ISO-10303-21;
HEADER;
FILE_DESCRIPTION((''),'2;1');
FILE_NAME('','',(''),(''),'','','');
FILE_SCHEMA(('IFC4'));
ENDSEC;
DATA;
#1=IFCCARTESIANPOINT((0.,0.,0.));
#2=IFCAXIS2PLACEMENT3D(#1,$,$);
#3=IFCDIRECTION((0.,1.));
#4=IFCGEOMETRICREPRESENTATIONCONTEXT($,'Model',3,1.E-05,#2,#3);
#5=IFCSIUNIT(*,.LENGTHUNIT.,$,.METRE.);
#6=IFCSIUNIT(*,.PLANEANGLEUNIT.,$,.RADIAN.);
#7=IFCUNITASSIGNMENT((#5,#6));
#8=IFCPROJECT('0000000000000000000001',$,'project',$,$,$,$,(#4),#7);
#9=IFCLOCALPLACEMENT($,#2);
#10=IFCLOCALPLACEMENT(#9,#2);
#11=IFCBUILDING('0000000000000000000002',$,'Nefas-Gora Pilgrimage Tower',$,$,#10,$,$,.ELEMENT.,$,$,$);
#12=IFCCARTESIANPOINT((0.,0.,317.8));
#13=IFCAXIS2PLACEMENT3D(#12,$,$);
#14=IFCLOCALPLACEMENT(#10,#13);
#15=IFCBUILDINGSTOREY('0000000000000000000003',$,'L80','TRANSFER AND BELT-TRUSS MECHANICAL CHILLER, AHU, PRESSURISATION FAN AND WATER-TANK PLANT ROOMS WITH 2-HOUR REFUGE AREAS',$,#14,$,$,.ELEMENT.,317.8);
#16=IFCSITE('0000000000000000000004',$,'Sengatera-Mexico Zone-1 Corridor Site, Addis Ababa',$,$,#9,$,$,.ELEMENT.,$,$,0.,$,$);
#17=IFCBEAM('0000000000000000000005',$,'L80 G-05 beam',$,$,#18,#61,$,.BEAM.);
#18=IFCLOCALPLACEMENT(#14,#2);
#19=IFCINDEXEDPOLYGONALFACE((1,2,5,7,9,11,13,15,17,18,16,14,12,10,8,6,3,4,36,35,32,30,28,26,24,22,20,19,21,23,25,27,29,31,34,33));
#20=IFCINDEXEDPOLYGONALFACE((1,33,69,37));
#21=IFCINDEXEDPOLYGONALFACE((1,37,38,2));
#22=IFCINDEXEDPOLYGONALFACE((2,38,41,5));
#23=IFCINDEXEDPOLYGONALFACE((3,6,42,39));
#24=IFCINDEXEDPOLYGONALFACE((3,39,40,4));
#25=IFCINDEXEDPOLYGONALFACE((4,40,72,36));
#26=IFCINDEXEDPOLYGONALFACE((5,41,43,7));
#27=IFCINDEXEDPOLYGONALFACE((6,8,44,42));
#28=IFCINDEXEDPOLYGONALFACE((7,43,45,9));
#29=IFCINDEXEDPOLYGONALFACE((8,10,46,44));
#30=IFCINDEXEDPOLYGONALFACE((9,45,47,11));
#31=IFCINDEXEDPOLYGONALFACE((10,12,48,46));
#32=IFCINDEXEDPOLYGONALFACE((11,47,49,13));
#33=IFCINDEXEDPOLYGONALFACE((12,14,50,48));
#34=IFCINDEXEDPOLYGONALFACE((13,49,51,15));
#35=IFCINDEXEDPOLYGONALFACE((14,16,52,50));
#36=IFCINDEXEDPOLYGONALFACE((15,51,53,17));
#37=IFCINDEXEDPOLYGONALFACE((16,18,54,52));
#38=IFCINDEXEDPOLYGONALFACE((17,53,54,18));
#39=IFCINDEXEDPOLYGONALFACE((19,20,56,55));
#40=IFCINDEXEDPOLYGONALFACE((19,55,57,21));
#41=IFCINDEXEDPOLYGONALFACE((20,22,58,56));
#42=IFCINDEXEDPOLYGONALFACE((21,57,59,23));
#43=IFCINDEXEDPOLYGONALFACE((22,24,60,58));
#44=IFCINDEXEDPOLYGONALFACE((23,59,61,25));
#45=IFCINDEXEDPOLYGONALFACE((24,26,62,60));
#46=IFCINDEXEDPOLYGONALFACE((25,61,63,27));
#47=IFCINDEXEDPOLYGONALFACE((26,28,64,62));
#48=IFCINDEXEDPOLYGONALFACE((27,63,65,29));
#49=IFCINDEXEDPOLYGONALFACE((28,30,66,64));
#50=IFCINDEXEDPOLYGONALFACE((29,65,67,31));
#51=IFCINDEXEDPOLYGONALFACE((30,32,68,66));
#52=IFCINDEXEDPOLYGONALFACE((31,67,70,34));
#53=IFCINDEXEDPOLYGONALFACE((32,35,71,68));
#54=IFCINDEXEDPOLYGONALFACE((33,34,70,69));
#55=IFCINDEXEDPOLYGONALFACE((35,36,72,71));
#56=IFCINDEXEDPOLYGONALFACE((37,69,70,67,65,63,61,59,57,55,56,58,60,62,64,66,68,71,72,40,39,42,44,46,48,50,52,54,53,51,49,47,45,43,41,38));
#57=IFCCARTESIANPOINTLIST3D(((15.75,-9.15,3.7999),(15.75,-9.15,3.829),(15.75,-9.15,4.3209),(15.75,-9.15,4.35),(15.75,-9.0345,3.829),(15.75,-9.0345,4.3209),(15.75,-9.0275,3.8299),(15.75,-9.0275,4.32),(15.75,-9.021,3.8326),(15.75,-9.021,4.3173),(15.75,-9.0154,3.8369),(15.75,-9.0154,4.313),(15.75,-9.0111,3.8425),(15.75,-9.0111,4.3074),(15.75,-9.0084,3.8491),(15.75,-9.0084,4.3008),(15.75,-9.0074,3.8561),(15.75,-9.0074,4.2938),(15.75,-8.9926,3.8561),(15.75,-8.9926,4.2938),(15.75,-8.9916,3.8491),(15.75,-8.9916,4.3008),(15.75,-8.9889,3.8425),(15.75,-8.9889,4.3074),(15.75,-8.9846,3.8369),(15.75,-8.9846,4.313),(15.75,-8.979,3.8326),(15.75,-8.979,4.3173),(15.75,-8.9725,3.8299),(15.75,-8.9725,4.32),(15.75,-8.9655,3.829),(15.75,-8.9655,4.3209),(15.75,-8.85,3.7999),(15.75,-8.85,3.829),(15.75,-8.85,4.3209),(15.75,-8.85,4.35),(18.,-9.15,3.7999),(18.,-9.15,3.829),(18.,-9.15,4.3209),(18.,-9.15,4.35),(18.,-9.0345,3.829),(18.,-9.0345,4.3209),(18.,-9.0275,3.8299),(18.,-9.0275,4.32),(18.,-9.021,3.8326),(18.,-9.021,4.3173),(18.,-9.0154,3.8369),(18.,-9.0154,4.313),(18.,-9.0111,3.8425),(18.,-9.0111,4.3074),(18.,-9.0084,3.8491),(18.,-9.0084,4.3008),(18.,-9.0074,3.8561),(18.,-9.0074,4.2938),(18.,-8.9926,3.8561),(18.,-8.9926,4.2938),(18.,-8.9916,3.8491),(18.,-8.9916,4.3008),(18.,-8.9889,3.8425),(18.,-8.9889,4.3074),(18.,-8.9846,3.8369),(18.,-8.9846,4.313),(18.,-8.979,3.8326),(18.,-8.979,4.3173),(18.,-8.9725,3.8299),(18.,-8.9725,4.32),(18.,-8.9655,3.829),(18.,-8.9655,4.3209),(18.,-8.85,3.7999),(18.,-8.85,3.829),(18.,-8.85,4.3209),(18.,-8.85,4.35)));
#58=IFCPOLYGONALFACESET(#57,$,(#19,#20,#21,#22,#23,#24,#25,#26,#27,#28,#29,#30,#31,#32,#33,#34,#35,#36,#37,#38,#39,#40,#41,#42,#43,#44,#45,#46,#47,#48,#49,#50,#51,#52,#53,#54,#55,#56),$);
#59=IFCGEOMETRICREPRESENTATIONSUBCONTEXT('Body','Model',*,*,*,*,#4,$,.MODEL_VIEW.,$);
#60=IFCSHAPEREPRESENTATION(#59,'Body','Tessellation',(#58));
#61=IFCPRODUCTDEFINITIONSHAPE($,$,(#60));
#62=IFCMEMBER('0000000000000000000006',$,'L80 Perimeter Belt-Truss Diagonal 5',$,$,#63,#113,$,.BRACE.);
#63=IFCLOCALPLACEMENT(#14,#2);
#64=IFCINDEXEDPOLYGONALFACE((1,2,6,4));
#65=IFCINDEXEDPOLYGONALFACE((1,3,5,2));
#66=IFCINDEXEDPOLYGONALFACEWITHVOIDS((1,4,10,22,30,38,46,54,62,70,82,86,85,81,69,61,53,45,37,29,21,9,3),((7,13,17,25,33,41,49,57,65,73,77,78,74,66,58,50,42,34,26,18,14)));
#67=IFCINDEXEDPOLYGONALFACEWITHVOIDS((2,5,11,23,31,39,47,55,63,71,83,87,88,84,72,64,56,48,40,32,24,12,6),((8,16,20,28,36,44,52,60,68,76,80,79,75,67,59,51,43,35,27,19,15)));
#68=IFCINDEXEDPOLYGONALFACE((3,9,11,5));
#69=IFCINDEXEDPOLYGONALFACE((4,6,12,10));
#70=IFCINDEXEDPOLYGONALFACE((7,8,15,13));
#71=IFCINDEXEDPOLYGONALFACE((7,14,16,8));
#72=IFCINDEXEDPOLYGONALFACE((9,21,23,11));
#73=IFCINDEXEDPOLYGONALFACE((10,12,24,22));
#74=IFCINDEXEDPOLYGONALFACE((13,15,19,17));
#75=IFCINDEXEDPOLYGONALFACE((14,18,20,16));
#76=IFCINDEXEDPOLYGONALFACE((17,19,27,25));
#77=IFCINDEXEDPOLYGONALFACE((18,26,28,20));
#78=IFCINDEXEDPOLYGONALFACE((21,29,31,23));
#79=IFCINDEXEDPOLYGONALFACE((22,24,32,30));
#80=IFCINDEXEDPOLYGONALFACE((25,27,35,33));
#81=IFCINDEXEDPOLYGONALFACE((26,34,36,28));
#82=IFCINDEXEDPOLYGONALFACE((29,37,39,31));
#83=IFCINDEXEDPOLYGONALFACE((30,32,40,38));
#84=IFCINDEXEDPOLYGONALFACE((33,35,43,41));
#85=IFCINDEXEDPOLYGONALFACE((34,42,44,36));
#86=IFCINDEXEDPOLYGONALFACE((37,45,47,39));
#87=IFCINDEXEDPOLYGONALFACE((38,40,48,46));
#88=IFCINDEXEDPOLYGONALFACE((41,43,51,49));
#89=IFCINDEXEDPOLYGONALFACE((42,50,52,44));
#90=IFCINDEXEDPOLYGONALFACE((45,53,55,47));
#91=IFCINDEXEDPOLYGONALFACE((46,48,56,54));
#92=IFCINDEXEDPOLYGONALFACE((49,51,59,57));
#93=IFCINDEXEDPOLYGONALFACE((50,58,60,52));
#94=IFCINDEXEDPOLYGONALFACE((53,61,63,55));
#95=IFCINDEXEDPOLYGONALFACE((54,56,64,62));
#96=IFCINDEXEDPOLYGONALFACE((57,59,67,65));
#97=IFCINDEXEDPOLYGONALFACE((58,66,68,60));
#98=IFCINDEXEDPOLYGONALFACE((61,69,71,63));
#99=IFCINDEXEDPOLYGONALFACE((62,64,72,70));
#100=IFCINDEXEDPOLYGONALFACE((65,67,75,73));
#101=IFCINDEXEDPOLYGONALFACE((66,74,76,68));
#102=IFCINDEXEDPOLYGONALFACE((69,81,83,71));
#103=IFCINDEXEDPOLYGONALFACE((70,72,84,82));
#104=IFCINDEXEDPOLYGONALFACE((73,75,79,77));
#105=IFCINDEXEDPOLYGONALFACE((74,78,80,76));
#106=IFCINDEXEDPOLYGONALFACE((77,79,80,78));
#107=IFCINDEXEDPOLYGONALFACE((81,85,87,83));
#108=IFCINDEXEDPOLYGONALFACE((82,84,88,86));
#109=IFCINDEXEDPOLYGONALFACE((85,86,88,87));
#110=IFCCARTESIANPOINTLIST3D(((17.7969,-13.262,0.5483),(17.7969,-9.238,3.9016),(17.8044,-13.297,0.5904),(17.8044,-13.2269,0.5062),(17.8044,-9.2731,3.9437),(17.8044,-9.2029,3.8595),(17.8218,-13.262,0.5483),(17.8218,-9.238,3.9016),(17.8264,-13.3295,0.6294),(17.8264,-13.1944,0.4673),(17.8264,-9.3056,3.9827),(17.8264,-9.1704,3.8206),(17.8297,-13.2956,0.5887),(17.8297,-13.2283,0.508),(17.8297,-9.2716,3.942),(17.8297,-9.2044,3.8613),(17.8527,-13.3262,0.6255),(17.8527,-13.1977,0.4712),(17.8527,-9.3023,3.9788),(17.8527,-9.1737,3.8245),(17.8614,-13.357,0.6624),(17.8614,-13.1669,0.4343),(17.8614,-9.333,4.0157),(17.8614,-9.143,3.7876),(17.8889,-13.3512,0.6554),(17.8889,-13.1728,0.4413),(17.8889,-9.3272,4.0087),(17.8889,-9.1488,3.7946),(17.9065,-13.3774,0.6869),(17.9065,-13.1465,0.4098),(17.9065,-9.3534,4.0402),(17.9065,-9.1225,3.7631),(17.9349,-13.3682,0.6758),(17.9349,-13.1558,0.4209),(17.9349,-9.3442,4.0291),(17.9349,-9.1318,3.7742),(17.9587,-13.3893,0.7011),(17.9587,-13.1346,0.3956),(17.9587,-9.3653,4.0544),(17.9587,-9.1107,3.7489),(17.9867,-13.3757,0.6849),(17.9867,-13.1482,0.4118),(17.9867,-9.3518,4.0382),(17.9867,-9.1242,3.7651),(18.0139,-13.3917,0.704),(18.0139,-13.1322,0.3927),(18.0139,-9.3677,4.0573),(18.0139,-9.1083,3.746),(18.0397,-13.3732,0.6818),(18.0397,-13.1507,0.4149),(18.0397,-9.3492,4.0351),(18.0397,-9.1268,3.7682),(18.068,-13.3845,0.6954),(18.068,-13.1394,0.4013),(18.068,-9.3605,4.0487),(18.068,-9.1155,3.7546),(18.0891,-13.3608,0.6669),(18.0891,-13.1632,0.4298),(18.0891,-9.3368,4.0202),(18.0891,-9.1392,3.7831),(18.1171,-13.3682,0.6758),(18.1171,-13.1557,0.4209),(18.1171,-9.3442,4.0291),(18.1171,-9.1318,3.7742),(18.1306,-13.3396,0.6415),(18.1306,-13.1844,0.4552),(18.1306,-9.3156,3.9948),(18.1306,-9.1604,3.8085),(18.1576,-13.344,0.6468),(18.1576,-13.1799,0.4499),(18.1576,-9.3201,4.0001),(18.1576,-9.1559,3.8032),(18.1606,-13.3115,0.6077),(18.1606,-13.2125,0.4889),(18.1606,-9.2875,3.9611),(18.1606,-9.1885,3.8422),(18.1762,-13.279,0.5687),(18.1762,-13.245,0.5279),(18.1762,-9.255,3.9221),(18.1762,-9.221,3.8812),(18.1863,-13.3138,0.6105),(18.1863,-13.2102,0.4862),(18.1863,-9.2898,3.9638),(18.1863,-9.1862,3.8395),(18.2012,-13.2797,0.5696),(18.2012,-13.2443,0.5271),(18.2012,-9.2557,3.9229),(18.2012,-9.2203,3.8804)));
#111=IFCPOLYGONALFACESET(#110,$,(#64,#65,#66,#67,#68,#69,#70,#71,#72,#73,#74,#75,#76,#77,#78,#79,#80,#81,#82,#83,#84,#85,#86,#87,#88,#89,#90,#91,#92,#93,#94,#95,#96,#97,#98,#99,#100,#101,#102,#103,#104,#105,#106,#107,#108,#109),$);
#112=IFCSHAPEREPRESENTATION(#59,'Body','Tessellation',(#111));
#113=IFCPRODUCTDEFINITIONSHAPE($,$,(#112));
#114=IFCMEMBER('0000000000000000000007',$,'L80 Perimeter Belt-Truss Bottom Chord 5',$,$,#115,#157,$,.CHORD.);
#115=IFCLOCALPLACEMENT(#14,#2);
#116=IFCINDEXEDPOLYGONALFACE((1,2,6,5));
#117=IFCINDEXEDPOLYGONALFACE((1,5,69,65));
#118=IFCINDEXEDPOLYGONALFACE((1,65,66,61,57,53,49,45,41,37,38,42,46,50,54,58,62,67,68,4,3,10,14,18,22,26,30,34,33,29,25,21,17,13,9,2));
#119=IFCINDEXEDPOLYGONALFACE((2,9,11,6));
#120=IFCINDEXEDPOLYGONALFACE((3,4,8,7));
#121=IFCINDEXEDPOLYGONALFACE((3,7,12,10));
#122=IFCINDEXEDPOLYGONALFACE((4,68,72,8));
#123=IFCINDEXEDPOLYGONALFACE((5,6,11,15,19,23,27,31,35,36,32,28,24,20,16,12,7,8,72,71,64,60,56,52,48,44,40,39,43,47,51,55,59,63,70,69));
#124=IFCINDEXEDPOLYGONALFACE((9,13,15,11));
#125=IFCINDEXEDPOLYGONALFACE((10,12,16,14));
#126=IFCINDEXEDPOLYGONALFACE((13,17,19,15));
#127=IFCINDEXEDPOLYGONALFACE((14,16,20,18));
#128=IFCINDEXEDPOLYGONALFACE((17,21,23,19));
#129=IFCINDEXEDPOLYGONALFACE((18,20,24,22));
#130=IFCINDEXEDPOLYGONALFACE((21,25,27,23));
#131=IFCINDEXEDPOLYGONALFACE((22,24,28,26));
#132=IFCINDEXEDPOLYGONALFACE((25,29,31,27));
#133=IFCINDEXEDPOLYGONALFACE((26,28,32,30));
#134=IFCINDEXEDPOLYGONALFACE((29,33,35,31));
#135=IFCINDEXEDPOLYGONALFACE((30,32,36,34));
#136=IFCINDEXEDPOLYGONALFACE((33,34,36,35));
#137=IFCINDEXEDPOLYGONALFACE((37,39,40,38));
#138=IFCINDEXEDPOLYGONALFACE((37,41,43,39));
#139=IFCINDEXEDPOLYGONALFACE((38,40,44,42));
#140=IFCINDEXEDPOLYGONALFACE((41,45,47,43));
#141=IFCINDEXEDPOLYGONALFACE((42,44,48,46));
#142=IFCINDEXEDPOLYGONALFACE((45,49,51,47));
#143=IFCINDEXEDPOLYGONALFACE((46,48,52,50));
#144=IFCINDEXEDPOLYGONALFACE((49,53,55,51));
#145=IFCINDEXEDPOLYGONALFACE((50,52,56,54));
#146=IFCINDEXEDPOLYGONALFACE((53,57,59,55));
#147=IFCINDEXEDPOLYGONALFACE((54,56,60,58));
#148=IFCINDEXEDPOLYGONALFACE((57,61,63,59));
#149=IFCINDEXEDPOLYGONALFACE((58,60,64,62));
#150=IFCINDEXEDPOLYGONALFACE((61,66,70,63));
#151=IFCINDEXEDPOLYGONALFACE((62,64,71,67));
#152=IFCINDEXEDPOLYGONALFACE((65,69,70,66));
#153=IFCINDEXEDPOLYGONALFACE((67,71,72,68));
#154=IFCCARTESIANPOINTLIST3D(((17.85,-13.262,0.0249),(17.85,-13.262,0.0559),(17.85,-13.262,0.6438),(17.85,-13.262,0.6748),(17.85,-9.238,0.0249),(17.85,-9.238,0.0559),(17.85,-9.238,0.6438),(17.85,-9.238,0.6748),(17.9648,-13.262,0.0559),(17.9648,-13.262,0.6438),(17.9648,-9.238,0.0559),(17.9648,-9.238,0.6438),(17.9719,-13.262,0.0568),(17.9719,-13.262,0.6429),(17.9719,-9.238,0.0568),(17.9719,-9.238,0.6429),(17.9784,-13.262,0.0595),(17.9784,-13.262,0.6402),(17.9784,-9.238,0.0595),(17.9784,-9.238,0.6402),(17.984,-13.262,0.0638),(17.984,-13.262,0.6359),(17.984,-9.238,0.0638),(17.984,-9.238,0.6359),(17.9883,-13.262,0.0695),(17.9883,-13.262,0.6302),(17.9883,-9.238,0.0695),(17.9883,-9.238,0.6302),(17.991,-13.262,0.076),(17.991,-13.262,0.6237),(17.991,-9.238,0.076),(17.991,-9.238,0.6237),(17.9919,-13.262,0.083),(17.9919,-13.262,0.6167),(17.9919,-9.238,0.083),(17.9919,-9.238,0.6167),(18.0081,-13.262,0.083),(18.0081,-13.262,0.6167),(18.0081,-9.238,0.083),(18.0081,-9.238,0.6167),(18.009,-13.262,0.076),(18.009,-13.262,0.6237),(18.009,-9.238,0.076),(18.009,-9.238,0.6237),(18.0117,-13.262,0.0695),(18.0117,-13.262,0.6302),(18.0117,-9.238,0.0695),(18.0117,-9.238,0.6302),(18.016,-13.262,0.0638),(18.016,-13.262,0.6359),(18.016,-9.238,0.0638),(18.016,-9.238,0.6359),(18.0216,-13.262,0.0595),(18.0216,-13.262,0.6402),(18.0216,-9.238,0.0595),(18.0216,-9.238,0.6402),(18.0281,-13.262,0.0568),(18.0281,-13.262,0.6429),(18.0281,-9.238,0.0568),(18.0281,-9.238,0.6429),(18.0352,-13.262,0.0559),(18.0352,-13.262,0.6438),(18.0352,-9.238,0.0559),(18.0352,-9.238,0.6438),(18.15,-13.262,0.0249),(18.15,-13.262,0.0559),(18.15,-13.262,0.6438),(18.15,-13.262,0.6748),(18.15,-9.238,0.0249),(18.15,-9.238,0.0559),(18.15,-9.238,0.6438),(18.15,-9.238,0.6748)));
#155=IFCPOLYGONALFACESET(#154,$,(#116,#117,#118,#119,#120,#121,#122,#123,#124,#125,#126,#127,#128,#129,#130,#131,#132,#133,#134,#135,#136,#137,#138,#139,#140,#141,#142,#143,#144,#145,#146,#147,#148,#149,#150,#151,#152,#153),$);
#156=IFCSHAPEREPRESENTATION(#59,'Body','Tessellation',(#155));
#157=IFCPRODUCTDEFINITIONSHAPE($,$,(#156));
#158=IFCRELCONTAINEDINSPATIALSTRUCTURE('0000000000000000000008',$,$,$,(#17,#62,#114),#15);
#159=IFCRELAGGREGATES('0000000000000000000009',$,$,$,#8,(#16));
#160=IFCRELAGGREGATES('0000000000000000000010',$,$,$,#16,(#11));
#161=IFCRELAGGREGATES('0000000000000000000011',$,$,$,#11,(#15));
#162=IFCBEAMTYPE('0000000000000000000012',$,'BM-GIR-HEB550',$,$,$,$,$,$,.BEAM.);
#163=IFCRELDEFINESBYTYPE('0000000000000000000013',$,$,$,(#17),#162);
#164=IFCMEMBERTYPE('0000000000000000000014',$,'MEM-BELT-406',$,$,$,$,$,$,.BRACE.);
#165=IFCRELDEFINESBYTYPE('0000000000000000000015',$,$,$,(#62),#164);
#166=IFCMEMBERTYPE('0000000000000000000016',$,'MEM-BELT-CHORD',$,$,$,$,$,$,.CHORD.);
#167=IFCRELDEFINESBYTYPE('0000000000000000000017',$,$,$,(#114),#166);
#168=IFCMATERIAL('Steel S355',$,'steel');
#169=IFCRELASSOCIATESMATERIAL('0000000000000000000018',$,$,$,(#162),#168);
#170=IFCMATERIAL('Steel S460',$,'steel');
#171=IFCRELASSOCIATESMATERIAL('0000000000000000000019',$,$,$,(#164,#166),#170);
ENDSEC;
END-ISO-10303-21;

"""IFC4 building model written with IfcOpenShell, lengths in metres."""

from ifc_helpers import new_model, si_unit, direction, frame, origin, origin_2d, place, context, subcontext, project, spatial, hollow_circle, i_section, extrude, source, transform, mapped, material, material_profile, profile_set, type_object, element, save


model = new_model("IFC4")

# Units and contexts
model_context = context("Model", 3, precision=1e-05, world=origin(), true_north=direction((0.0, 1.0)))
body_context = subcontext(model_context, "Body", "Model", "MODEL_VIEW")
ifc_project = project(units=[si_unit("LENGTHUNIT", "METRE"), si_unit("PLANEANGLEUNIT", "RADIAN")], contexts=[model_context])

# Site, building, storey
site_placement = place(None, origin())
site = spatial("IfcSite", under=ifc_project, at=site_placement, Name="Sengatera-Mexico Zone-1 Corridor Site, Addis Ababa", CompositionType="ELEMENT", RefElevation=0.0)
building_placement = place(site_placement, origin())
building = spatial("IfcBuilding", under=site, at=building_placement, Name="Nefas-Gora Pilgrimage Tower", CompositionType="ELEMENT")
storey_placement = place(building_placement, frame((0.0, 0.0, 317.8)))
storey = spatial("IfcBuildingStorey", under=building, at=storey_placement, Name="L80", Description="TRANSFER AND BELT-TRUSS MECHANICAL CHILLER, AHU, PRESSURISATION FAN AND WATER-TANK PLANT ROOMS WITH 2-HOUR REFUGE AREAS", CompositionType="ELEMENT", Elevation=317.8)

# Shared definitions
ifc_material_1 = material(Name="Steel S355", Category="steel")

# Beam
ifc_material_profile_1 = material_profile(ifc_material_1, i_section(OverallWidth=0.3, OverallDepth=0.55, WebThickness=0.0149, FlangeThickness=0.0291, FilletRadius=0.0271, at=origin_2d()), Name="HEB 550")
ifc_profile_set_1 = profile_set([ifc_material_profile_1], Name="Steel S355")
beam_type_1 = type_object("IfcBeamType", Name="BM-GIR-HEB550", PredefinedType="BEAM", material=ifc_profile_set_1)
shared_shape_1 = source(origin(), body_context, "Body", "SweptSolid", [
    extrude(i_section(OverallWidth=0.3, OverallDepth=0.55, WebThickness=0.0149, FlangeThickness=0.0291, FilletRadius=0.0271, at=origin_2d()), origin(), (0.0, 0.0, 1.0), 2.25),
])
for number, where, z_axis, x_axis, name in (
    (1, (15.75, -9.0, 4.075), (1.0, 0.0, 0.0), (0.0, 1.0, 0.0), "L80 G-05 beam"),
):
    element("IfcBeam", number, at=place(storey_placement, frame(where, z_axis=z_axis, x_axis=x_axis)), inside=storey, type_object=beam_type_1, Name=name, PredefinedType="BEAM", context=body_context, shape_type="MappedRepresentation", body=[
        mapped(shared_shape_1, transform((0.0, 0.0, 0.0), x_axis=(1.0, 0.0, 0.0), y_axis=(0.0, 1.0, 0.0), z_axis=(0.0, 0.0, 1.0), scale=1.0)),
    ])

# Members
ifc_material_2 = material(Name="Steel S460", Category="steel")
ifc_material_profile_2 = material_profile(ifc_material_2, hollow_circle(Radius=0.2031, WallThickness=0.0249, at=origin_2d()), Name="CHS 406.4x25")
ifc_profile_set_2 = profile_set([ifc_material_profile_2], Name="Steel S460")
member_type_1 = type_object("IfcMemberType", Name="MEM-BELT-406", PredefinedType="BRACE", material=ifc_profile_set_2)
shared_shape_2 = source(origin(), body_context, "Body", "SweptSolid", [
    extrude(hollow_circle(Radius=0.2031, WallThickness=0.0249, at=origin_2d()), origin(), (0.0, 0.0, 1.0), 5.238),
])
member_1_placement = place(storey_placement, frame((18.0, -13.262, 0.5483), z_axis=(0.0, 0.768221, 0.640184), x_axis=(-1.0, 0.0, 0.0)))
element("IfcMember", 2, at=member_1_placement, inside=storey, type_object=member_type_1, Name="L80 Perimeter Belt-Truss Diagonal 5", PredefinedType="BRACE", context=body_context, shape_type="MappedRepresentation", body=[
    mapped(shared_shape_2, transform((0.0, 0.0, 0.0), x_axis=(1.0, 0.0, 0.0), y_axis=(0.0, 1.0, 0.0), z_axis=(0.0, 0.0, 1.0), scale=1.0)),
])
ifc_material_profile_3 = material_profile(ifc_material_2, i_section(OverallWidth=0.3, OverallDepth=0.6499, WebThickness=0.0161, FlangeThickness=0.031, FilletRadius=0.0271, at=origin_2d()), Name="HEB 650")
ifc_profile_set_3 = profile_set([ifc_material_profile_3], Name="Steel S460")
member_type_2 = type_object("IfcMemberType", Name="MEM-BELT-CHORD", PredefinedType="CHORD", material=ifc_profile_set_3)
shared_shape_3 = source(origin(), body_context, "Body", "SweptSolid", [
    extrude(i_section(OverallWidth=0.3, OverallDepth=0.6499, WebThickness=0.0161, FlangeThickness=0.031, FilletRadius=0.0271, at=origin_2d()), origin(), (0.0, 0.0, 1.0), 4.0239),
])
member_2_placement = place(storey_placement, frame((18.0, -13.262, 0.3499), z_axis=(0.0, 1.0, 0.0), x_axis=(-1.0, 0.0, 0.0)))
element("IfcMember", 3, at=member_2_placement, inside=storey, type_object=member_type_2, Name="L80 Perimeter Belt-Truss Bottom Chord 5", PredefinedType="CHORD", context=body_context, shape_type="MappedRepresentation", body=[
    mapped(shared_shape_3, transform((0.0, 0.0, 0.0), x_axis=(1.0, 0.0, 0.0), y_axis=(0.0, 1.0, 0.0), z_axis=(0.0, 0.0, 1.0), scale=1.0)),
])

save(model, "model.ifc")
